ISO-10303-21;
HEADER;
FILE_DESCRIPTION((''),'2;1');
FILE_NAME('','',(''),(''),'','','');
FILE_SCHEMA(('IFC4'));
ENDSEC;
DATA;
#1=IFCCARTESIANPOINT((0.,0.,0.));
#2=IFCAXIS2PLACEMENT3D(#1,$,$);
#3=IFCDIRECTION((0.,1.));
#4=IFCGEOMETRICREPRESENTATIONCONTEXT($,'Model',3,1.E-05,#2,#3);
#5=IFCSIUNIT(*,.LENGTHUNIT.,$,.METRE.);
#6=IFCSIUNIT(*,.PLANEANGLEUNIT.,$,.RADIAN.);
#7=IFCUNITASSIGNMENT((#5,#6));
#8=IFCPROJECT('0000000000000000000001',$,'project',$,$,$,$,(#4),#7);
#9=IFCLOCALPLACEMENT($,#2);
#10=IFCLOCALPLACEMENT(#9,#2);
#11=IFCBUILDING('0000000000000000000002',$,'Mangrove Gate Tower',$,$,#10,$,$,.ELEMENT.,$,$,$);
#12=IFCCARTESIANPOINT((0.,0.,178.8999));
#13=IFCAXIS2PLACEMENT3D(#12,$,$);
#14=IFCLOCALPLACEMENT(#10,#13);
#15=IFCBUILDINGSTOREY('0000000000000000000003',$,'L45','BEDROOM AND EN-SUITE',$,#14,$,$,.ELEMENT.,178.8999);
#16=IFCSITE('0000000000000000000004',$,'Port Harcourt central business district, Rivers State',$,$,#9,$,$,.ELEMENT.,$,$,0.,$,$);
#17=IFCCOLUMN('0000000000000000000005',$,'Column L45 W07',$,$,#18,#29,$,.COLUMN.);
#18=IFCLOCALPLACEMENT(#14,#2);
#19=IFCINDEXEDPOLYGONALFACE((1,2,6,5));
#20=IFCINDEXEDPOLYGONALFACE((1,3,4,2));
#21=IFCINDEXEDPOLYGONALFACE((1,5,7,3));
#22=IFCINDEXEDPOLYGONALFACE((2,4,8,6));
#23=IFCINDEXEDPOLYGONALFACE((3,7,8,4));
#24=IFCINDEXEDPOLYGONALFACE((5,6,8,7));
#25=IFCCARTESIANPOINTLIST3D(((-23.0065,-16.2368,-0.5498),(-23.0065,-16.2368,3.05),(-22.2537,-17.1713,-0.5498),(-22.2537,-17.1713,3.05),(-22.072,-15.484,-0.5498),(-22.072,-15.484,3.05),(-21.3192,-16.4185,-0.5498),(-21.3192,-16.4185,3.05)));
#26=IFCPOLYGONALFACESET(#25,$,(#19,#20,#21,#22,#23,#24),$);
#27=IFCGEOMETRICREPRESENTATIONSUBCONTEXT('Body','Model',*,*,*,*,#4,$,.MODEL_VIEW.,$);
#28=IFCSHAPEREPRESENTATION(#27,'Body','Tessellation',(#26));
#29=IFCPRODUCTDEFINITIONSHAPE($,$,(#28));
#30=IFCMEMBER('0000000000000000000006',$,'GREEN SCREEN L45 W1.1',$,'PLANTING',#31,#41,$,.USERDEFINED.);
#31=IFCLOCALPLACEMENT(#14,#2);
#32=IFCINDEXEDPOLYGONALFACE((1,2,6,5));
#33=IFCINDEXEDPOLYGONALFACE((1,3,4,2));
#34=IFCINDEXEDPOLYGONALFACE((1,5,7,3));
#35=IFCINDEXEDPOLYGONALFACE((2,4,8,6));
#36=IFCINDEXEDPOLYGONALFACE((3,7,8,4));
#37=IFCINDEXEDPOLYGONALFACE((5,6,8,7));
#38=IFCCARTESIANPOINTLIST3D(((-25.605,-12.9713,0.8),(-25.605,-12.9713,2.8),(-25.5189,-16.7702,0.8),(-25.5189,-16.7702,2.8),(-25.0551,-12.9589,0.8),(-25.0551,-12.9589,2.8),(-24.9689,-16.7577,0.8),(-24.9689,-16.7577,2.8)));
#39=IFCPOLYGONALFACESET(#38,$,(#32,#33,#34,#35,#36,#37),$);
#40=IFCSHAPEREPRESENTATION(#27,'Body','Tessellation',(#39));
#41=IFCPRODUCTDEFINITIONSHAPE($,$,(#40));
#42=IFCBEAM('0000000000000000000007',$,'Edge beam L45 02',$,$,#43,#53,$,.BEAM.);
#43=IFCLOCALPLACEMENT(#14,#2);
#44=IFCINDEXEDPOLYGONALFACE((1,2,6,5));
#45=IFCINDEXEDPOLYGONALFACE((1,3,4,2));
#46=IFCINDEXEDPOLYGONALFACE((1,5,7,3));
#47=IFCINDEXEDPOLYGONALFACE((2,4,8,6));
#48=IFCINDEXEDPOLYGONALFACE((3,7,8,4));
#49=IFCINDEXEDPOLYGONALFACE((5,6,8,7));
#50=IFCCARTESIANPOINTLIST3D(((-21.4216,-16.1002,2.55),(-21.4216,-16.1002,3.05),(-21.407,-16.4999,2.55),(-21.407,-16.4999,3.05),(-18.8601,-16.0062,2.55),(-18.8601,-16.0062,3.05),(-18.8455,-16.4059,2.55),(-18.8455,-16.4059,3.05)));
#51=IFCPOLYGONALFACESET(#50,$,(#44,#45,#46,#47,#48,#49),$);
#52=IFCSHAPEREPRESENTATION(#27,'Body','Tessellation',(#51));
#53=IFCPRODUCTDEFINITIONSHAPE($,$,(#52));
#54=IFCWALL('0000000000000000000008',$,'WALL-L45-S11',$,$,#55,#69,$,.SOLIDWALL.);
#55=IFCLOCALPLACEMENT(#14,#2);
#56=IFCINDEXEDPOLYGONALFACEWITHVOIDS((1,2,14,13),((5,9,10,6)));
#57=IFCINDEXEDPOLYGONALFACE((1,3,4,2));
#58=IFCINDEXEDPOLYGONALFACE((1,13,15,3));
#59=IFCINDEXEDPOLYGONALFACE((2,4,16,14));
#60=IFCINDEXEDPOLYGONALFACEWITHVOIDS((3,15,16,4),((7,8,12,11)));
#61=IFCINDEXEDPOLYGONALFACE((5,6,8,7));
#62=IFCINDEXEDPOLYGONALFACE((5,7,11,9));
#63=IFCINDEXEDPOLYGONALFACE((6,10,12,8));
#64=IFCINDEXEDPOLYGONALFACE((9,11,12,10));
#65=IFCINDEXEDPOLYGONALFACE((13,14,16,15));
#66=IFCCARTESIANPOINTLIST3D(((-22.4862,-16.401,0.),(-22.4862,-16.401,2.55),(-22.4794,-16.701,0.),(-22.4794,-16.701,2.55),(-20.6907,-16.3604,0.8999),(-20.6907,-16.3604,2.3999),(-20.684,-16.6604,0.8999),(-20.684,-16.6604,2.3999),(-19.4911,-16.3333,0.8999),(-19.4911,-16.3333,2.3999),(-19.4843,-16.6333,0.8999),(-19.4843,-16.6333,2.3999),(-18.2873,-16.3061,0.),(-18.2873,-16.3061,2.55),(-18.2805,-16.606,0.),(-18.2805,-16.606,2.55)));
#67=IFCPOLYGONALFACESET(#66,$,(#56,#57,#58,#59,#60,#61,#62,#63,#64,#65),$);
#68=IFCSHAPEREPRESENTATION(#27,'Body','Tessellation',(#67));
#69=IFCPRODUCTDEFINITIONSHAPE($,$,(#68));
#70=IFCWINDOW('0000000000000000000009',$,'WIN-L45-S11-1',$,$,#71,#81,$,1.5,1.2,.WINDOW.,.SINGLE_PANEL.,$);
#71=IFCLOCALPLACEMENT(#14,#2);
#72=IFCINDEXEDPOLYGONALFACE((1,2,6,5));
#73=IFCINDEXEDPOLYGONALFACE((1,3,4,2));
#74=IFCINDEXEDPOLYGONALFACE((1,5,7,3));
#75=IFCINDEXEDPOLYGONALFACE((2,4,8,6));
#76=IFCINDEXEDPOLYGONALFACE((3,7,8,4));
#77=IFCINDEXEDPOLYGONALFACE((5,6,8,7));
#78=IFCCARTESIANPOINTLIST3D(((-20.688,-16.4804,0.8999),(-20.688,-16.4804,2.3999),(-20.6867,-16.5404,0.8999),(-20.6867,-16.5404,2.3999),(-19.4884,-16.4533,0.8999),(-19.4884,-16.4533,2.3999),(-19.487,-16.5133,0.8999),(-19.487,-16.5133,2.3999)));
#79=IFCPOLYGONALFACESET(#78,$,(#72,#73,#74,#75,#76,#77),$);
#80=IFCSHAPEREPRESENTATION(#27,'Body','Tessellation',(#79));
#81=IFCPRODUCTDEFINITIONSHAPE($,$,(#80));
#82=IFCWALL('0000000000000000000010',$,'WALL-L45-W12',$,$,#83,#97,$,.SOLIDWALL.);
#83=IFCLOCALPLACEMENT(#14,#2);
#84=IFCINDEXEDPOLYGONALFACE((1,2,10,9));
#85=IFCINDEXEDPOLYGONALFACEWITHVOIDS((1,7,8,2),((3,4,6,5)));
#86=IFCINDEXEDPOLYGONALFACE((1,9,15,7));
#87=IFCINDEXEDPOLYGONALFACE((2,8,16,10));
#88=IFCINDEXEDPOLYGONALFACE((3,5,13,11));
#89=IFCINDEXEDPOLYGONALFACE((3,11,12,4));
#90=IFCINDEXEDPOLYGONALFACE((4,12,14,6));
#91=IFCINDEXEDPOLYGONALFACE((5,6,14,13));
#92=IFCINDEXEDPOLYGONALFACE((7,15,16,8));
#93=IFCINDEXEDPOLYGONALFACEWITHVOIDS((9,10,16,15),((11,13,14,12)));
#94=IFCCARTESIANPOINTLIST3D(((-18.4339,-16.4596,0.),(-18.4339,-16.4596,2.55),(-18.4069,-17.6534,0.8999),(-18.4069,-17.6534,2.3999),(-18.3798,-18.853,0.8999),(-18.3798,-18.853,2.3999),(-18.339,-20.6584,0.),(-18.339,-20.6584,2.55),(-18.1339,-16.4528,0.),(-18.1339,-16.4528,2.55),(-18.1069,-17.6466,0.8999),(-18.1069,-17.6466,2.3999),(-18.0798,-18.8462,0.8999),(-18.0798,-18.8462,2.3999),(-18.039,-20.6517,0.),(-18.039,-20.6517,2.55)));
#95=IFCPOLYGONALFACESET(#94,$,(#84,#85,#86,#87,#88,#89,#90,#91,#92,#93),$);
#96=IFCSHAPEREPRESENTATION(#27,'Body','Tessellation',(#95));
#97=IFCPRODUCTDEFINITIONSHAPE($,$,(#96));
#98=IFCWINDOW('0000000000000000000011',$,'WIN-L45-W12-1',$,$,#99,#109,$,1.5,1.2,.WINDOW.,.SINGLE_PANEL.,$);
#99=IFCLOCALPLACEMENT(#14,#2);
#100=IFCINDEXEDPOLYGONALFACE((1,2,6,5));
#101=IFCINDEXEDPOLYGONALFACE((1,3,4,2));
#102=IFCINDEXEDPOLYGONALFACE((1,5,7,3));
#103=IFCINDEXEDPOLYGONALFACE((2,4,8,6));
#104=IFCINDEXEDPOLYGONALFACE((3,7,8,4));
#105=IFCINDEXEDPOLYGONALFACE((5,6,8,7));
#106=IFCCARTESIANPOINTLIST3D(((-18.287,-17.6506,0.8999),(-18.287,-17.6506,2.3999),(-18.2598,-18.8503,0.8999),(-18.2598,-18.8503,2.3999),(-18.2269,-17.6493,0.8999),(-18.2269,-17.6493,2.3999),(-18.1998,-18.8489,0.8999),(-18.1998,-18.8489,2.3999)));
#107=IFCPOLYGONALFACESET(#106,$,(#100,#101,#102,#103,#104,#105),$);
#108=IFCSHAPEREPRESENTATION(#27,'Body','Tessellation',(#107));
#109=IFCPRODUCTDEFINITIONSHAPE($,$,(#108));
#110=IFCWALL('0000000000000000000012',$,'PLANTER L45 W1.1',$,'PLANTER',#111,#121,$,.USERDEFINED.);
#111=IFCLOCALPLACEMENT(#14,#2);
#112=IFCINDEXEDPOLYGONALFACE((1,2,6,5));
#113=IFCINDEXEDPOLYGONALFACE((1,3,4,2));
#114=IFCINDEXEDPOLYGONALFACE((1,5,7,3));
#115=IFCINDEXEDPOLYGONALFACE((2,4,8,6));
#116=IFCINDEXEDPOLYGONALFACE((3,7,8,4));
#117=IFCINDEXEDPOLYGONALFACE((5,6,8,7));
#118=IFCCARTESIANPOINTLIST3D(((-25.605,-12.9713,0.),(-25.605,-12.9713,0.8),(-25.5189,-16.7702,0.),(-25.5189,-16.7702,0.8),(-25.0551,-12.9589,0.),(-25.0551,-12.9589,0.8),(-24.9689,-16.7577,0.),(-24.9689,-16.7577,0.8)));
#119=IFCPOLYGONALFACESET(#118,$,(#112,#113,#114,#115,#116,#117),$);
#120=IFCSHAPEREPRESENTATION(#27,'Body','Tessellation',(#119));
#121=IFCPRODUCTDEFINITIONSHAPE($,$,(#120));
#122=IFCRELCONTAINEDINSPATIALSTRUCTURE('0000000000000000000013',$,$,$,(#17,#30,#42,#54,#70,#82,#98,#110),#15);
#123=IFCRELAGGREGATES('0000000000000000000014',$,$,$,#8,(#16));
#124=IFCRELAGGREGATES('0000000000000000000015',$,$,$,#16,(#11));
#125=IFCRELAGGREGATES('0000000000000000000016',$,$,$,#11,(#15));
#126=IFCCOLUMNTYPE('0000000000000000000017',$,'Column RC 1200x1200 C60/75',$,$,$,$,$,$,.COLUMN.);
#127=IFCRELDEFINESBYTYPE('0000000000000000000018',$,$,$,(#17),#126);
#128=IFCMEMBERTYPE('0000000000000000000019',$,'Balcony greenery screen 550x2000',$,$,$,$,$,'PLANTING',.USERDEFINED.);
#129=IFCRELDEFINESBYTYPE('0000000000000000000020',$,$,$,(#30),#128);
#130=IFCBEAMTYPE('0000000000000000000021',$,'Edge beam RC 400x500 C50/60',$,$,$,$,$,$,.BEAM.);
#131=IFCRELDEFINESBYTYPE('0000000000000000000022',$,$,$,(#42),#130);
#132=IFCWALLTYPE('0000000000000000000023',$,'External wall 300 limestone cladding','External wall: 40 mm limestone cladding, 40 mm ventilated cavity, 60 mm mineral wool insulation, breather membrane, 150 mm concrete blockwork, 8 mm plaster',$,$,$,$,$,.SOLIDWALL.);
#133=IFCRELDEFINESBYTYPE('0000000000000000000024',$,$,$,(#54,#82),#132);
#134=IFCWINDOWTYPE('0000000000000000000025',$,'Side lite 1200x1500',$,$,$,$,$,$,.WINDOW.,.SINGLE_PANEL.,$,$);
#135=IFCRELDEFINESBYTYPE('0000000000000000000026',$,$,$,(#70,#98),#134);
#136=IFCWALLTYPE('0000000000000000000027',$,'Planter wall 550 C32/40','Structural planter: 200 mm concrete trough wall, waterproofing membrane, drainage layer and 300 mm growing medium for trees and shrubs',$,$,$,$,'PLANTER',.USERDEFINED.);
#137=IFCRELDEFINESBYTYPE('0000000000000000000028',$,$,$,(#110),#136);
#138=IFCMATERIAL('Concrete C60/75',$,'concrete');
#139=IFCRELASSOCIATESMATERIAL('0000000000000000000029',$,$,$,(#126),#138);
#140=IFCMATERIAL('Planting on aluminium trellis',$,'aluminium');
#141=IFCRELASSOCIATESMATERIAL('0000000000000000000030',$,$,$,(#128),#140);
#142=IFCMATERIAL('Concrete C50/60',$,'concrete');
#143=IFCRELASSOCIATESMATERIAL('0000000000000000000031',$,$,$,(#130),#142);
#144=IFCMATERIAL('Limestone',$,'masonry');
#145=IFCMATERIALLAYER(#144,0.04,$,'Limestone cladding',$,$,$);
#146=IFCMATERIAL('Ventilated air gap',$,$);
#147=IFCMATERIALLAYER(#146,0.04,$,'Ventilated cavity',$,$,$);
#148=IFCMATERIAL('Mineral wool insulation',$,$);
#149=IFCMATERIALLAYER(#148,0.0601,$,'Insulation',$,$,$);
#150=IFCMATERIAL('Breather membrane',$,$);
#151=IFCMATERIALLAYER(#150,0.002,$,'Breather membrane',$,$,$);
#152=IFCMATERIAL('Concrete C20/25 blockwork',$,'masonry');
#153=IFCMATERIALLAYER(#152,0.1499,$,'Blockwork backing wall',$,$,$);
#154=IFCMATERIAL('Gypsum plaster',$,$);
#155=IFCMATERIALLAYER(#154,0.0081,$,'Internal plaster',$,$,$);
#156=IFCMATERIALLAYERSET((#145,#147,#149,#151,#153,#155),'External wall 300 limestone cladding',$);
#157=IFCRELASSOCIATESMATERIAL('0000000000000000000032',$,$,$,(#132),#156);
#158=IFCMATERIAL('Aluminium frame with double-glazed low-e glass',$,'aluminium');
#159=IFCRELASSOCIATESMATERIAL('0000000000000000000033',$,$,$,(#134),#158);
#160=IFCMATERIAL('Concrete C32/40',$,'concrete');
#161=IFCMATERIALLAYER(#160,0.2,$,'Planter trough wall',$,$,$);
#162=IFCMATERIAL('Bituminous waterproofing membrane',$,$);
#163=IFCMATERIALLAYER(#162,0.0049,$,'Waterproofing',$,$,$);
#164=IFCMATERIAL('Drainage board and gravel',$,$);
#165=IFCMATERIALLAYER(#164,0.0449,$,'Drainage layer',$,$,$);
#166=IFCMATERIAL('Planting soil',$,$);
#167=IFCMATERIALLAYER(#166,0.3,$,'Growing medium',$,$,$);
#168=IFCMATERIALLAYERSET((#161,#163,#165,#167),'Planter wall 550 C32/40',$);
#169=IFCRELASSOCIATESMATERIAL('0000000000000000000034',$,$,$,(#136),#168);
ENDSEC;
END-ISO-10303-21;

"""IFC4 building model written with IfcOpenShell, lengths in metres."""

from ifc_helpers import new_model, si_unit, direction, frame, frame_2d, origin, origin_2d, place, context, subcontext, project, spatial, rectangle, extrude, material, layer, layer_set, material_profile, profile_set, type_object, element, fill, save


model = new_model("IFC4")

# Units and contexts
model_context = context("Model", 3, precision=1e-05, world=origin(), true_north=direction((0.0, 1.0)))
body_context = subcontext(model_context, "Body", "Model", "MODEL_VIEW")
ifc_project = project(units=[si_unit("LENGTHUNIT", "METRE"), si_unit("PLANEANGLEUNIT", "RADIAN")], contexts=[model_context])

# Site, building, storey
site_placement = place(None, origin())
site = spatial("IfcSite", under=ifc_project, at=site_placement, Name="Port Harcourt central business district, Rivers State", CompositionType="ELEMENT", RefElevation=0.0)
building_placement = place(site_placement, origin())
building = spatial("IfcBuilding", under=site, at=building_placement, Name="Mangrove Gate Tower", CompositionType="ELEMENT")
storey_placement = place(building_placement, frame((0.0, 0.0, 178.8999)))
storey = spatial("IfcBuildingStorey", under=building, at=storey_placement, Name="L45", Description="BEDROOM AND EN-SUITE", CompositionType="ELEMENT", Elevation=178.8999)

# Column
ifc_material_1 = material(Name="Concrete C60/75", Category="concrete")
ifc_material_profile_1 = material_profile(ifc_material_1, rectangle(XDim=1.2, YDim=1.2, at=origin_2d()))
ifc_profile_set_1 = profile_set([ifc_material_profile_1], Name="Concrete C60/75")
column_type = type_object("IfcColumnType", Name="Column RC 1200x1200 C60/75", PredefinedType="COLUMN", material=ifc_profile_set_1)
column_placement = place(storey_placement, frame((-22.1628, -16.3276, -0.5498), z_axis=(0.0, 0.0, 1.0), x_axis=(0.627364, -0.778726, 0.0)))
element("IfcColumn", 1, at=column_placement, inside=storey, type_object=column_type, Name="Column L45 W07", PredefinedType="COLUMN", context=body_context, shape_type="SweptSolid", body=[
    extrude(rectangle(XDim=1.2, YDim=1.2, at=origin_2d()), origin(), (0.0, 0.0, 1.0), 3.5999),
])

# Member
ifc_material_2 = material(Name="Planting on aluminium trellis", Category="aluminium")
ifc_material_profile_2 = material_profile(ifc_material_2, rectangle(XDim=0.55, YDim=2.0, at=origin_2d()))
ifc_profile_set_2 = profile_set([ifc_material_profile_2], Name="Planting on aluminium trellis")
member_type = type_object("IfcMemberType", Name="Balcony greenery screen 550x2000", ElementType="PLANTING", PredefinedType="USERDEFINED", material=ifc_profile_set_2)
member_placement = place(storey_placement, frame((-25.2439, -16.7639, 1.8), z_axis=(-0.022681, 0.999743, 0.0), x_axis=(-0.999743, -0.022681, 0.0)))
element("IfcMember", 2, at=member_placement, inside=storey, type_object=member_type, Name="GREEN SCREEN L45 W1.1", ObjectType="PLANTING", PredefinedType="USERDEFINED", context=body_context, shape_type="SweptSolid", body=[
    extrude(rectangle(XDim=0.55, YDim=2.0, at=origin_2d()), origin(), (0.0, 0.0, 1.0), 3.7998),
])

# Beam
ifc_material_3 = material(Name="Concrete C50/60", Category="concrete")
ifc_material_profile_3 = material_profile(ifc_material_3, rectangle(XDim=0.3999, YDim=0.5, at=origin_2d()))
ifc_profile_set_3 = profile_set([ifc_material_profile_3], Name="Concrete C50/60")
beam_type = type_object("IfcBeamType", Name="Edge beam RC 400x500 C50/60", PredefinedType="BEAM", material=ifc_profile_set_3)
beam_placement = place(storey_placement, frame((-21.4143, -16.3, 2.8), z_axis=(0.999327, 0.03667, 0.0), x_axis=(-0.03667, 0.999327, 0.0)))
element("IfcBeam", 3, at=beam_placement, inside=storey, type_object=beam_type, Name="Edge beam L45 02", PredefinedType="BEAM", context=body_context, shape_type="SweptSolid", body=[
    extrude(rectangle(XDim=0.3999, YDim=0.5, at=origin_2d()), origin(), (0.0, 0.0, 1.0), 2.5632),
])

# Walls, openings, windows
ifc_material_4 = material(Name="Limestone", Category="masonry")
ifc_layer_1 = layer(ifc_material_4, 0.04, Name="Limestone cladding")
ifc_material_5 = material(Name="Ventilated air gap")
ifc_layer_2 = layer(ifc_material_5, 0.04, Name="Ventilated cavity")
ifc_material_6 = material(Name="Mineral wool insulation")
ifc_layer_3 = layer(ifc_material_6, 0.0601, Name="Insulation")
ifc_material_7 = material(Name="Breather membrane")
ifc_layer_4 = layer(ifc_material_7, 0.002, Name="Breather membrane")
ifc_material_8 = material(Name="Concrete C20/25 blockwork", Category="masonry")
ifc_layer_5 = layer(ifc_material_8, 0.1499, Name="Blockwork backing wall")
ifc_material_9 = material(Name="Gypsum plaster")
ifc_layer_6 = layer(ifc_material_9, 0.0081, Name="Internal plaster")
ifc_layer_set_1 = layer_set([ifc_layer_1, ifc_layer_2, ifc_layer_3, ifc_layer_4, ifc_layer_5, ifc_layer_6], Name="External wall 300 limestone cladding")
wall_type_1 = type_object("IfcWallType", Name="External wall 300 limestone cladding", Description="External wall: 40 mm limestone cladding, 40 mm ventilated cavity, 60 mm mineral wool insulation, breather membrane, 150 mm concrete blockwork, 8 mm plaster", PredefinedType="SOLIDWALL", material=ifc_layer_set_1)
wall_1_placement = place(storey_placement, frame((-22.4829, -16.551, 0.0), z_axis=(0.0, 0.0, 1.0), x_axis=(0.999744, 0.022612, 0.0)))
wall_1 = element("IfcWall", 4, at=wall_1_placement, inside=storey, type_object=wall_type_1, Name="WALL-L45-S11", PredefinedType="SOLIDWALL", context=body_context, shape_type="SweptSolid", body=[
    extrude(rectangle(XDim=4.2, YDim=0.3, at=frame_2d((2.1001, 0.0))), origin(), (0.0, 0.0, 1.0), 2.55),
])
opening_1_placement = place(wall_1_placement, frame((1.7959, 0.0, 0.8999)))
opening_1 = element("IfcOpeningElement", 5, at=opening_1_placement, cuts=wall_1, PredefinedType="OPENING", context=body_context, shape_type="SweptSolid", body=[
    extrude(rectangle(XDim=1.2, YDim=1.5, at=frame_2d((0.6001, 0.75))), frame((0.0, 0.1599, 0.0), z_axis=(0.0, -1.0, 0.0), x_axis=(1.0, 0.0, 0.0)), (0.0, 0.0, 1.0), 0.3201),
])
ifc_material_10 = material(Name="Aluminium frame with double-glazed low-e glass", Category="aluminium")
window_type = type_object("IfcWindowType", Name="Side lite 1200x1500", PartitioningType="SINGLE_PANEL", PredefinedType="WINDOW", material=ifc_material_10)
window_1_placement = place(opening_1_placement, origin())
window_1 = element("IfcWindow", 6, at=window_1_placement, inside=storey, type_object=window_type, Name="WIN-L45-S11-1", OverallHeight=1.5, OverallWidth=1.2, PartitioningType="SINGLE_PANEL", PredefinedType="WINDOW", context=body_context, shape_type="SweptSolid", body=[
    extrude(rectangle(XDim=1.2, YDim=1.5, at=frame_2d((0.6001, 0.75))), frame((0.0, 0.03, 0.0), z_axis=(0.0, -1.0, 0.0), x_axis=(1.0, 0.0, 0.0)), (0.0, 0.0, 1.0), 0.0601),
])
fill(opening_1, window_1)
wall_2_placement = place(storey_placement, frame((-18.2839, -16.4561, 0.0), z_axis=(0.0, 0.0, 1.0), x_axis=(0.022612, -0.999744, 0.0)))
wall_2 = element("IfcWall", 7, at=wall_2_placement, inside=storey, type_object=wall_type_1, Name="WALL-L45-W12", PredefinedType="SOLIDWALL", context=body_context, shape_type="SweptSolid", body=[
    extrude(rectangle(XDim=4.2, YDim=0.3, at=frame_2d((2.1001, 0.0))), origin(), (0.0, 0.0, 1.0), 2.55),
])
opening_2_placement = place(wall_2_placement, frame((1.1941, 0.0, 0.8999)))
opening_2 = element("IfcOpeningElement", 8, at=opening_2_placement, cuts=wall_2, PredefinedType="OPENING", context=body_context, shape_type="SweptSolid", body=[
    extrude(rectangle(XDim=1.2, YDim=1.5, at=frame_2d((0.6001, 0.75))), frame((0.0, 0.1599, 0.0), z_axis=(0.0, -1.0, 0.0), x_axis=(1.0, 0.0, 0.0)), (0.0, 0.0, 1.0), 0.3201),
])
window_2_placement = place(opening_2_placement, origin())
window_2 = element("IfcWindow", 9, at=window_2_placement, inside=storey, type_object=window_type, Name="WIN-L45-W12-1", OverallHeight=1.5, OverallWidth=1.2, PartitioningType="SINGLE_PANEL", PredefinedType="WINDOW", context=body_context, shape_type="SweptSolid", body=[
    extrude(rectangle(XDim=1.2, YDim=1.5, at=frame_2d((0.6001, 0.75))), frame((0.0, 0.03, 0.0), z_axis=(0.0, -1.0, 0.0), x_axis=(1.0, 0.0, 0.0)), (0.0, 0.0, 1.0), 0.0601),
])
fill(opening_2, window_2)

# Wall
ifc_material_11 = material(Name="Concrete C32/40", Category="concrete")
ifc_layer_7 = layer(ifc_material_11, 0.2, Name="Planter trough wall")
ifc_material_12 = material(Name="Bituminous waterproofing membrane")
ifc_layer_8 = layer(ifc_material_12, 0.0049, Name="Waterproofing")
ifc_material_13 = material(Name="Drainage board and gravel")
ifc_layer_9 = layer(ifc_material_13, 0.0449, Name="Drainage layer")
ifc_material_14 = material(Name="Planting soil")
ifc_layer_10 = layer(ifc_material_14, 0.3, Name="Growing medium")
ifc_layer_set_2 = layer_set([ifc_layer_7, ifc_layer_8, ifc_layer_9, ifc_layer_10], Name="Planter wall 550 C32/40")
wall_type_2 = type_object("IfcWallType", Name="Planter wall 550 C32/40", Description="Structural planter: 200 mm concrete trough wall, waterproofing membrane, drainage layer and 300 mm growing medium for trees and shrubs", ElementType="PLANTER", PredefinedType="USERDEFINED", material=ifc_layer_set_2)
wall_3_placement = place(storey_placement, frame((-25.2439, -16.7639, 0.0), z_axis=(0.0, 0.0, 1.0), x_axis=(-0.022681, 0.999743, 0.0)))
element("IfcWall", 10, at=wall_3_placement, inside=storey, type_object=wall_type_2, Name="PLANTER L45 W1.1", ObjectType="PLANTER", PredefinedType="USERDEFINED", context=body_context, shape_type="SweptSolid", body=[
    extrude(rectangle(XDim=3.7998, YDim=0.55, at=frame_2d((1.8999, 0.0))), origin(), (0.0, 0.0, 1.0), 0.8),
])

save(model, "model.ifc")
